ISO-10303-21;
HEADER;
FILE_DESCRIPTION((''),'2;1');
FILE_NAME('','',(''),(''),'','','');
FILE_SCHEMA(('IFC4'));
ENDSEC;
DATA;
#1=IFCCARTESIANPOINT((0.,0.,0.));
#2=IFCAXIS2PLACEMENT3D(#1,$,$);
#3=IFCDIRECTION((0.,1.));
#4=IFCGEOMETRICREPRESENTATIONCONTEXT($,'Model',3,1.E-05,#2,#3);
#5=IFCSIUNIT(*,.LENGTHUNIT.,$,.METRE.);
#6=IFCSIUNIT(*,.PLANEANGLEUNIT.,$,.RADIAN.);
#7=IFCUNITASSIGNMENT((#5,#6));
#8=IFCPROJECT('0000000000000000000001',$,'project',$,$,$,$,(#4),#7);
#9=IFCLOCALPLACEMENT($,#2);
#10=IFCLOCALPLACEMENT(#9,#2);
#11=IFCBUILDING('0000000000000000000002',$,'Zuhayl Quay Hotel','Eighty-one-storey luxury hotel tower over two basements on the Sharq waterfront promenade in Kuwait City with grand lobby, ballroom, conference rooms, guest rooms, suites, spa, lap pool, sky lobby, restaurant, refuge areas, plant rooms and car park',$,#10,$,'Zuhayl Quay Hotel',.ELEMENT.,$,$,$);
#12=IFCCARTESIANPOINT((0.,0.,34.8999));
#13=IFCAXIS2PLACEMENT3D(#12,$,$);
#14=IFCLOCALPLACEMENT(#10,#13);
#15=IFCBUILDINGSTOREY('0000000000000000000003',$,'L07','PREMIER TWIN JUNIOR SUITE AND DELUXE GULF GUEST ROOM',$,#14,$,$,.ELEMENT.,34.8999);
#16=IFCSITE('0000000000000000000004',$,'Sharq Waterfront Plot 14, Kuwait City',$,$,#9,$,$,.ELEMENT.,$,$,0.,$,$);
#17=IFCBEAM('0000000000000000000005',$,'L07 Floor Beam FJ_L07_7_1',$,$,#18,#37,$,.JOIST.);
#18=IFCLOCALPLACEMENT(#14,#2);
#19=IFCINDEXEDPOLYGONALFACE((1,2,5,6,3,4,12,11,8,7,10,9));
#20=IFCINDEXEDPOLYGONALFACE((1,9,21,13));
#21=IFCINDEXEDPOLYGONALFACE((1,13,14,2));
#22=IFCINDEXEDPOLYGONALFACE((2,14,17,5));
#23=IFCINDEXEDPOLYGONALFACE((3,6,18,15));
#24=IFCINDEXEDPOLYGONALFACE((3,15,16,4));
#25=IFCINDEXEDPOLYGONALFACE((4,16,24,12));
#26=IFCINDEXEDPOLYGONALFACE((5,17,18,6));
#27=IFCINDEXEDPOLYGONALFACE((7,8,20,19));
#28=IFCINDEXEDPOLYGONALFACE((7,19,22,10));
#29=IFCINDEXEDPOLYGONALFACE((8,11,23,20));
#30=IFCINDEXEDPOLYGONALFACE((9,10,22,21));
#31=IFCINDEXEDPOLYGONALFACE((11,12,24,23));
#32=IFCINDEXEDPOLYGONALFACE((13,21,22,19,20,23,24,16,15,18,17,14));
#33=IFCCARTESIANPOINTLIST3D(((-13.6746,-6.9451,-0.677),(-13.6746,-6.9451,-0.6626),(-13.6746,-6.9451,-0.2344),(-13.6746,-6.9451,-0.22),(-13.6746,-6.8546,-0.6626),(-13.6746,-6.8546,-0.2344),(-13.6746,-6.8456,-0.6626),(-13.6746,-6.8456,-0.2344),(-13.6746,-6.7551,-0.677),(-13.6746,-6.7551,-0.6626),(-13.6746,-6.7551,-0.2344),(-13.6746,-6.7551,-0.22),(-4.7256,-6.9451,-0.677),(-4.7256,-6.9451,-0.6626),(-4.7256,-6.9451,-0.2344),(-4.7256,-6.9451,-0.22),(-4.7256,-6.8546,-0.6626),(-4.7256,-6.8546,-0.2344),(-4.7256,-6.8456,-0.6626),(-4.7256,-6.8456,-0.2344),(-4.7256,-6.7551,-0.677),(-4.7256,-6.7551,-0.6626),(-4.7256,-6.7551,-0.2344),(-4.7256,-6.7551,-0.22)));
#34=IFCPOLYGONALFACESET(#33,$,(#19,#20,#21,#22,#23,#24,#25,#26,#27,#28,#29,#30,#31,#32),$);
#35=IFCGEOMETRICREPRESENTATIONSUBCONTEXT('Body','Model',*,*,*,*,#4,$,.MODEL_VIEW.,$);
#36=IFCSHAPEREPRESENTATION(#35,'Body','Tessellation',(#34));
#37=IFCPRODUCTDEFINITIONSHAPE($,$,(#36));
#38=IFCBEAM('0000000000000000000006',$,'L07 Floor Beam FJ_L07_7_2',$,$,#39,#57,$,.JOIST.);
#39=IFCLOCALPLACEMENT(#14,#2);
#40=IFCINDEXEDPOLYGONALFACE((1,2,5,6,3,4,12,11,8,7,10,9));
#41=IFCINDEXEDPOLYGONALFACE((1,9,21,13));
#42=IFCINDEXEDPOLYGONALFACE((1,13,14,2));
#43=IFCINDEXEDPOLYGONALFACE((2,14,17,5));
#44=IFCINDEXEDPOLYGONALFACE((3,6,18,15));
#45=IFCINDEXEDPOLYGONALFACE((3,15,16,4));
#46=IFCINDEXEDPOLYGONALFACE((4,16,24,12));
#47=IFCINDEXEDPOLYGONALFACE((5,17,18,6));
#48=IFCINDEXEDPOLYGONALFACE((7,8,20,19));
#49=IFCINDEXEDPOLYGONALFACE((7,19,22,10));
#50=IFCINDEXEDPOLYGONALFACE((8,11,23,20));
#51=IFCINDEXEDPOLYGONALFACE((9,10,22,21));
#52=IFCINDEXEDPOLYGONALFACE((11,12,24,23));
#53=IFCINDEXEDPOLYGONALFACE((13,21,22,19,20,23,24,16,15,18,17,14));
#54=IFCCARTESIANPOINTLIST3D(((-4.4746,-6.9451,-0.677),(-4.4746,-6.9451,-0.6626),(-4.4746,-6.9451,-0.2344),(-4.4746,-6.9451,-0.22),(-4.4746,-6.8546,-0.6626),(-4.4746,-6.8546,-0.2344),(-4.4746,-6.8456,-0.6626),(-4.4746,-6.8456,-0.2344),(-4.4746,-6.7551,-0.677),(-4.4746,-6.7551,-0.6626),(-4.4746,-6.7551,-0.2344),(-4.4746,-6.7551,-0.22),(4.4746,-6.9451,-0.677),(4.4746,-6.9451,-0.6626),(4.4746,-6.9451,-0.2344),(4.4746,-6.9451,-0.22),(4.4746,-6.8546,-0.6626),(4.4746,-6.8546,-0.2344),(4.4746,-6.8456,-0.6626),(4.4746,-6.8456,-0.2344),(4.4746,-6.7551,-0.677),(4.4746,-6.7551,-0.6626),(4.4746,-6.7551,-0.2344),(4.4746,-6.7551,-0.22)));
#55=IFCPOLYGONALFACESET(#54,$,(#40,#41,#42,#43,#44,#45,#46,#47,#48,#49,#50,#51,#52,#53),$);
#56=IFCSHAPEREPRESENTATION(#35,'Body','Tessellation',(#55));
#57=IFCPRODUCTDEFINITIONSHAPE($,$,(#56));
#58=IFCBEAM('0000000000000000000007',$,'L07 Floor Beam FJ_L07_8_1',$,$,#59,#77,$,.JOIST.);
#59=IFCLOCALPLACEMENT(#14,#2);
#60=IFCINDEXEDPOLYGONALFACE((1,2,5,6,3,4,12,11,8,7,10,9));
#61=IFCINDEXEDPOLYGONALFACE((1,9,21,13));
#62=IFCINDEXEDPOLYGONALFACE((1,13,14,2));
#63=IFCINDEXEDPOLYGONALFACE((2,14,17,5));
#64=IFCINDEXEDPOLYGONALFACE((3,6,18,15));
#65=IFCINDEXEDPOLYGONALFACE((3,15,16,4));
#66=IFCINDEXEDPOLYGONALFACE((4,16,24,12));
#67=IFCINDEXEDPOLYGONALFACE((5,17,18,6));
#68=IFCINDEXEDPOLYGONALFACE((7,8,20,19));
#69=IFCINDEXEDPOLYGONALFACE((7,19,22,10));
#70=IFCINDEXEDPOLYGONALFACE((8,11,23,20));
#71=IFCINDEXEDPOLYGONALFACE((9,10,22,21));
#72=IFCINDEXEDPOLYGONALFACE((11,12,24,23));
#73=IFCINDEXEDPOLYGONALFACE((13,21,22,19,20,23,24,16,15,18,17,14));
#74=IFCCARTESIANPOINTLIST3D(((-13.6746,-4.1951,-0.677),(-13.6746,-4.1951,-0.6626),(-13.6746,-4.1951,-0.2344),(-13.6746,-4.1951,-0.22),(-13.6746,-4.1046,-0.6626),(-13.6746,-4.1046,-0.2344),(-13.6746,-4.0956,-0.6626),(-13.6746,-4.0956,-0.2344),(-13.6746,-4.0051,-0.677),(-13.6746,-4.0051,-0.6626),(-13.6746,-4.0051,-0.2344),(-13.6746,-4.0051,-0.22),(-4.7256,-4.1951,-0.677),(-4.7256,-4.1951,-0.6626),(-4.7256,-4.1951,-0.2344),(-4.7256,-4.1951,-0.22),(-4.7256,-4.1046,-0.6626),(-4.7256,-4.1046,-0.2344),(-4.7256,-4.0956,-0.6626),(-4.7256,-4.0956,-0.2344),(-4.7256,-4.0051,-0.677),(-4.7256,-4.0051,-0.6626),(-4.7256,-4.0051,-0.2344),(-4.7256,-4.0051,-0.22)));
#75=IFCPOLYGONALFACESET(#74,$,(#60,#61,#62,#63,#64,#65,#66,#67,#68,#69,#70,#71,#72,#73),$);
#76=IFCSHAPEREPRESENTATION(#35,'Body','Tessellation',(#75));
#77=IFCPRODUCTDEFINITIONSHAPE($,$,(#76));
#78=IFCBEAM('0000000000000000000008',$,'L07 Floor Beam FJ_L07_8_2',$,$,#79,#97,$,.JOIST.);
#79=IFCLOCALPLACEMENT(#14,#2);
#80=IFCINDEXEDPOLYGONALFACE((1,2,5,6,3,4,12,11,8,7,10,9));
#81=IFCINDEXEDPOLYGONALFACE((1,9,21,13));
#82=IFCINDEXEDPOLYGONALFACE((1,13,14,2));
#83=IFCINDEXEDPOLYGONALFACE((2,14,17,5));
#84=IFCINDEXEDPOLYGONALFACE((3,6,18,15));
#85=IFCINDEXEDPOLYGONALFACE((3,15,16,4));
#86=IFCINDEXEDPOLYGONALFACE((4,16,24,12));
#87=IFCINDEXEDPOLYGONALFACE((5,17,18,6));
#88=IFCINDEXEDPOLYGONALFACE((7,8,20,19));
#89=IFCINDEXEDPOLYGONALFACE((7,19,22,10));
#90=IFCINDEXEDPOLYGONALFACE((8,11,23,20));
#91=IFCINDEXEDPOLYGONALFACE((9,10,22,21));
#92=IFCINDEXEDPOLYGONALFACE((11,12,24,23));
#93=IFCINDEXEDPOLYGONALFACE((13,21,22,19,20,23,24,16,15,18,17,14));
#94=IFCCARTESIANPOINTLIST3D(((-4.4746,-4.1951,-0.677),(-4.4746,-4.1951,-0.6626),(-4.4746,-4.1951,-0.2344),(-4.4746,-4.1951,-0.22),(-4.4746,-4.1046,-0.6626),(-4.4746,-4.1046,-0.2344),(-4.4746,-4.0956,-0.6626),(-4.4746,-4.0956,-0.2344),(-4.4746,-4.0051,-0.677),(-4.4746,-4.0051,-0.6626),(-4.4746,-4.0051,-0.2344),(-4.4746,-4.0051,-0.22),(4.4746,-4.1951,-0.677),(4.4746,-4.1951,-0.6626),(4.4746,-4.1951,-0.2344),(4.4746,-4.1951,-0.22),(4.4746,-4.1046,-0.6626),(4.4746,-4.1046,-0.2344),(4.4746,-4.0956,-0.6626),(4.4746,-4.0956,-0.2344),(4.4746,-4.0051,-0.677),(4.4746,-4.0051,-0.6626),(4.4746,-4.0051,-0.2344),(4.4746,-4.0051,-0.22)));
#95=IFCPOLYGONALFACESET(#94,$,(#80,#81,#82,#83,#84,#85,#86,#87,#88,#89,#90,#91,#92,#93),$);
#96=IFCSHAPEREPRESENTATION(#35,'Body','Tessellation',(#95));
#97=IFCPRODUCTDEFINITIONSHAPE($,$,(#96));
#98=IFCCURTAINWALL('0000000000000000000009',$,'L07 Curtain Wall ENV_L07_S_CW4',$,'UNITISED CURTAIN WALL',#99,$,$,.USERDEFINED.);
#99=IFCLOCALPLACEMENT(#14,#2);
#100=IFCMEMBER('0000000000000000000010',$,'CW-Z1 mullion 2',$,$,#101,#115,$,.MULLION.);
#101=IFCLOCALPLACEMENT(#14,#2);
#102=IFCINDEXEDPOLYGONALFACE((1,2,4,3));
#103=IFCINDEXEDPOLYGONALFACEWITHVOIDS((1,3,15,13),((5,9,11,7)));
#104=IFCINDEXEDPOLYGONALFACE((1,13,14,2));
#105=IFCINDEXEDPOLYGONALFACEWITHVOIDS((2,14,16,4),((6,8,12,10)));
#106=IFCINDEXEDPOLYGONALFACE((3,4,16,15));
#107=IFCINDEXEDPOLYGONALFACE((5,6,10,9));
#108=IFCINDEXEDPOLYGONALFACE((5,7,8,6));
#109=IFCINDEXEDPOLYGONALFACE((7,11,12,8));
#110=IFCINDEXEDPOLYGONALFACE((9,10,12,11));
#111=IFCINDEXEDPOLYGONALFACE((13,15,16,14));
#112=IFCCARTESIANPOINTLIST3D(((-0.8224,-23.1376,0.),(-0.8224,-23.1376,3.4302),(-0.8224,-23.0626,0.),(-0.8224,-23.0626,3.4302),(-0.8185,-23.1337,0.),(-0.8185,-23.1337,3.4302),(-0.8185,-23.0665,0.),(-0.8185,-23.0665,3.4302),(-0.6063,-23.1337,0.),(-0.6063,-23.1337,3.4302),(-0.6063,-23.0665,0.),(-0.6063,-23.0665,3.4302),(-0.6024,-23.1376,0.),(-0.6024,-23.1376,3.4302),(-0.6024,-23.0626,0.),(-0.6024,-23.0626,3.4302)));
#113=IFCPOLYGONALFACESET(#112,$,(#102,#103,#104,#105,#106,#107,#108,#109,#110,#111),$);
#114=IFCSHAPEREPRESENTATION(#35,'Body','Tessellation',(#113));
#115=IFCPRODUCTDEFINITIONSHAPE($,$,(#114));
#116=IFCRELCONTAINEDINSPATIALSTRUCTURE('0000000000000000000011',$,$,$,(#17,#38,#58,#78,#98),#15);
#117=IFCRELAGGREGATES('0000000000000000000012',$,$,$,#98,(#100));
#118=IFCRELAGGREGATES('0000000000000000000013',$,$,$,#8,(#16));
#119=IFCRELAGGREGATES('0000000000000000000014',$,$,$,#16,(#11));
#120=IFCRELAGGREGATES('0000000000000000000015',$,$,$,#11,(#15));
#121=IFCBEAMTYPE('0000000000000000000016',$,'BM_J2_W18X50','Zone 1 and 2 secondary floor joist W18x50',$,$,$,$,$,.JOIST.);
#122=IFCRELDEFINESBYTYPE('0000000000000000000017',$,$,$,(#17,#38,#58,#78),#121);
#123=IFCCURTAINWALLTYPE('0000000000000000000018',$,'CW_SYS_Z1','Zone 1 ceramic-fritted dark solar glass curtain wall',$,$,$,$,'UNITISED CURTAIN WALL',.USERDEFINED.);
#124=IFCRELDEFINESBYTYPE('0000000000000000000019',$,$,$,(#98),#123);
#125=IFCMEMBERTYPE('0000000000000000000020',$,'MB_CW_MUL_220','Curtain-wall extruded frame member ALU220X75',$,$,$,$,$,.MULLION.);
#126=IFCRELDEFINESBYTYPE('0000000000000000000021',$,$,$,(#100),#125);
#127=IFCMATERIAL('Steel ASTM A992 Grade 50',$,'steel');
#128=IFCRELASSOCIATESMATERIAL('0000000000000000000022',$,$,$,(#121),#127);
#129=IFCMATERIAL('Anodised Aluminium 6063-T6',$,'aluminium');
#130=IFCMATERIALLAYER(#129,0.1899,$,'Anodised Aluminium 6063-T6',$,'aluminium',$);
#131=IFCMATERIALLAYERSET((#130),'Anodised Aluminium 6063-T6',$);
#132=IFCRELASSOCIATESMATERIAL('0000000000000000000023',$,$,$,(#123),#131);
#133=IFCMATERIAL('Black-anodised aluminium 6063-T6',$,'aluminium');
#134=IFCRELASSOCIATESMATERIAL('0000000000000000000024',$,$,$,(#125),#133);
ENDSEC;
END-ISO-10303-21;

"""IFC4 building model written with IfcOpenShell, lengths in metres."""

from ifc_helpers import new_model, si_unit, direction, frame, origin, origin_2d, place, context, subcontext, project, spatial, hollow_rectangle, i_section, extrude, material, layer, layer_set, material_profile, profile_set, type_object, element, aggregate, save


model = new_model("IFC4")

# Units and contexts
model_context = context("Model", 3, precision=1e-05, world=origin(), true_north=direction((0.0, 1.0)))
body_context = subcontext(model_context, "Body", "Model", "MODEL_VIEW")
ifc_project = project(units=[si_unit("LENGTHUNIT", "METRE"), si_unit("PLANEANGLEUNIT", "RADIAN")], contexts=[model_context])

# Site, building, storey
site_placement = place(None, origin())
site = spatial("IfcSite", under=ifc_project, at=site_placement, Name="Sharq Waterfront Plot 14, Kuwait City", CompositionType="ELEMENT", RefElevation=0.0)
building_placement = place(site_placement, origin())
building = spatial("IfcBuilding", under=site, at=building_placement, Name="Zuhayl Quay Hotel", Description="Eighty-one-storey luxury hotel tower over two basements on the Sharq waterfront promenade in Kuwait City with grand lobby, ballroom, conference rooms, guest rooms, suites, spa, lap pool, sky lobby, restaurant, refuge areas, plant rooms and car park", LongName="Zuhayl Quay Hotel", CompositionType="ELEMENT")
storey_placement = place(building_placement, frame((0.0, 0.0, 34.8999)))
storey = spatial("IfcBuildingStorey", under=building, at=storey_placement, Name="L07", Description="PREMIER TWIN JUNIOR SUITE AND DELUXE GULF GUEST ROOM", CompositionType="ELEMENT", Elevation=34.8999)

# Beams
ifc_material_1 = material(Name="Steel ASTM A992 Grade 50", Category="steel")
ifc_material_profile_1 = material_profile(ifc_material_1, i_section(OverallWidth=0.1899, OverallDepth=0.457, WebThickness=0.009, FlangeThickness=0.0144, at=origin_2d()), Name="W18X50")
ifc_profile_set_1 = profile_set([ifc_material_profile_1], Name="Steel ASTM A992 Grade 50")
beam_type_1 = type_object("IfcBeamType", Name="BM_J2_W18X50", Description="Zone 1 and 2 secondary floor joist W18x50", PredefinedType="JOIST", material=ifc_profile_set_1)
beam_1_placement = place(storey_placement, frame((-13.6746, -6.8501, -0.4485), z_axis=(1.0, 0.0, 0.0), x_axis=(0.0, 1.0, 0.0)))
element("IfcBeam", 1, at=beam_1_placement, inside=storey, type_object=beam_type_1, Name="L07 Floor Beam FJ_L07_7_1", PredefinedType="JOIST", context=body_context, shape_type="SweptSolid", body=[
    extrude(i_section(OverallWidth=0.1899, OverallDepth=0.457, WebThickness=0.009, FlangeThickness=0.0144, at=origin_2d()), origin(), (0.0, 0.0, 1.0), 8.949),
])
beam_2_placement = place(storey_placement, frame((-4.4746, -6.8501, -0.4485), z_axis=(1.0, 0.0, 0.0), x_axis=(0.0, 1.0, 0.0)))
element("IfcBeam", 2, at=beam_2_placement, inside=storey, type_object=beam_type_1, Name="L07 Floor Beam FJ_L07_7_2", PredefinedType="JOIST", context=body_context, shape_type="SweptSolid", body=[
    extrude(i_section(OverallWidth=0.1899, OverallDepth=0.457, WebThickness=0.009, FlangeThickness=0.0144, at=origin_2d()), origin(), (0.0, 0.0, 1.0), 8.9492),
])
beam_3_placement = place(storey_placement, frame((-13.6746, -4.1001, -0.4485), z_axis=(1.0, 0.0, 0.0), x_axis=(0.0, 1.0, 0.0)))
element("IfcBeam", 3, at=beam_3_placement, inside=storey, type_object=beam_type_1, Name="L07 Floor Beam FJ_L07_8_1", PredefinedType="JOIST", context=body_context, shape_type="SweptSolid", body=[
    extrude(i_section(OverallWidth=0.1899, OverallDepth=0.457, WebThickness=0.009, FlangeThickness=0.0144, at=origin_2d()), origin(), (0.0, 0.0, 1.0), 8.949),
])
beam_4_placement = place(storey_placement, frame((-4.4746, -4.1001, -0.4485), z_axis=(1.0, 0.0, 0.0), x_axis=(0.0, 1.0, 0.0)))
element("IfcBeam", 4, at=beam_4_placement, inside=storey, type_object=beam_type_1, Name="L07 Floor Beam FJ_L07_8_2", PredefinedType="JOIST", context=body_context, shape_type="SweptSolid", body=[
    extrude(i_section(OverallWidth=0.1899, OverallDepth=0.457, WebThickness=0.009, FlangeThickness=0.0144, at=origin_2d()), origin(), (0.0, 0.0, 1.0), 8.9492),
])

# Curtain wall, member
ifc_material_2 = material(Name="Anodised Aluminium 6063-T6", Category="aluminium")
ifc_layer_1 = layer(ifc_material_2, 0.1899, Name="Anodised Aluminium 6063-T6", Category="aluminium")
ifc_layer_set_1 = layer_set([ifc_layer_1], Name="Anodised Aluminium 6063-T6")
curtain_wall_type = type_object("IfcCurtainWallType", Name="CW_SYS_Z1", Description="Zone 1 ceramic-fritted dark solar glass curtain wall", ElementType="UNITISED CURTAIN WALL", PredefinedType="USERDEFINED", material=ifc_layer_set_1)
curtain_wall_placement = place(storey_placement, origin())
curtain_wall = element("IfcCurtainWall", 5, at=curtain_wall_placement, inside=storey, type_object=curtain_wall_type, Name="L07 Curtain Wall ENV_L07_S_CW4", ObjectType="UNITISED CURTAIN WALL", PredefinedType="USERDEFINED")
ifc_material_3 = material(Name="Black-anodised aluminium 6063-T6", Category="aluminium")
ifc_material_profile_2 = material_profile(ifc_material_3, hollow_rectangle(XDim=0.075, YDim=0.22, WallThickness=0.0039, at=origin_2d()), Name="ALU220X75")
ifc_profile_set_2 = profile_set([ifc_material_profile_2], Name="Black-anodised aluminium 6063-T6")
member_type = type_object("IfcMemberType", Name="MB_CW_MUL_220", Description="Curtain-wall extruded frame member ALU220X75", PredefinedType="MULLION", material=ifc_profile_set_2)
member_placement = place(storey_placement, frame((-0.7124, -23.1001, 0.0), z_axis=(0.0, 0.0, 1.0), x_axis=(0.0, -1.0, 0.0)))
member = element("IfcMember", 6, at=member_placement, type_object=member_type, Name="CW-Z1 mullion 2", PredefinedType="MULLION", context=body_context, shape_type="SweptSolid", body=[
    extrude(hollow_rectangle(XDim=0.075, YDim=0.22, WallThickness=0.0039, at=origin_2d()), origin(), (0.0, 0.0, 1.0), 3.4302),
])
aggregate(curtain_wall, [member])

save(model, "model.ifc")
